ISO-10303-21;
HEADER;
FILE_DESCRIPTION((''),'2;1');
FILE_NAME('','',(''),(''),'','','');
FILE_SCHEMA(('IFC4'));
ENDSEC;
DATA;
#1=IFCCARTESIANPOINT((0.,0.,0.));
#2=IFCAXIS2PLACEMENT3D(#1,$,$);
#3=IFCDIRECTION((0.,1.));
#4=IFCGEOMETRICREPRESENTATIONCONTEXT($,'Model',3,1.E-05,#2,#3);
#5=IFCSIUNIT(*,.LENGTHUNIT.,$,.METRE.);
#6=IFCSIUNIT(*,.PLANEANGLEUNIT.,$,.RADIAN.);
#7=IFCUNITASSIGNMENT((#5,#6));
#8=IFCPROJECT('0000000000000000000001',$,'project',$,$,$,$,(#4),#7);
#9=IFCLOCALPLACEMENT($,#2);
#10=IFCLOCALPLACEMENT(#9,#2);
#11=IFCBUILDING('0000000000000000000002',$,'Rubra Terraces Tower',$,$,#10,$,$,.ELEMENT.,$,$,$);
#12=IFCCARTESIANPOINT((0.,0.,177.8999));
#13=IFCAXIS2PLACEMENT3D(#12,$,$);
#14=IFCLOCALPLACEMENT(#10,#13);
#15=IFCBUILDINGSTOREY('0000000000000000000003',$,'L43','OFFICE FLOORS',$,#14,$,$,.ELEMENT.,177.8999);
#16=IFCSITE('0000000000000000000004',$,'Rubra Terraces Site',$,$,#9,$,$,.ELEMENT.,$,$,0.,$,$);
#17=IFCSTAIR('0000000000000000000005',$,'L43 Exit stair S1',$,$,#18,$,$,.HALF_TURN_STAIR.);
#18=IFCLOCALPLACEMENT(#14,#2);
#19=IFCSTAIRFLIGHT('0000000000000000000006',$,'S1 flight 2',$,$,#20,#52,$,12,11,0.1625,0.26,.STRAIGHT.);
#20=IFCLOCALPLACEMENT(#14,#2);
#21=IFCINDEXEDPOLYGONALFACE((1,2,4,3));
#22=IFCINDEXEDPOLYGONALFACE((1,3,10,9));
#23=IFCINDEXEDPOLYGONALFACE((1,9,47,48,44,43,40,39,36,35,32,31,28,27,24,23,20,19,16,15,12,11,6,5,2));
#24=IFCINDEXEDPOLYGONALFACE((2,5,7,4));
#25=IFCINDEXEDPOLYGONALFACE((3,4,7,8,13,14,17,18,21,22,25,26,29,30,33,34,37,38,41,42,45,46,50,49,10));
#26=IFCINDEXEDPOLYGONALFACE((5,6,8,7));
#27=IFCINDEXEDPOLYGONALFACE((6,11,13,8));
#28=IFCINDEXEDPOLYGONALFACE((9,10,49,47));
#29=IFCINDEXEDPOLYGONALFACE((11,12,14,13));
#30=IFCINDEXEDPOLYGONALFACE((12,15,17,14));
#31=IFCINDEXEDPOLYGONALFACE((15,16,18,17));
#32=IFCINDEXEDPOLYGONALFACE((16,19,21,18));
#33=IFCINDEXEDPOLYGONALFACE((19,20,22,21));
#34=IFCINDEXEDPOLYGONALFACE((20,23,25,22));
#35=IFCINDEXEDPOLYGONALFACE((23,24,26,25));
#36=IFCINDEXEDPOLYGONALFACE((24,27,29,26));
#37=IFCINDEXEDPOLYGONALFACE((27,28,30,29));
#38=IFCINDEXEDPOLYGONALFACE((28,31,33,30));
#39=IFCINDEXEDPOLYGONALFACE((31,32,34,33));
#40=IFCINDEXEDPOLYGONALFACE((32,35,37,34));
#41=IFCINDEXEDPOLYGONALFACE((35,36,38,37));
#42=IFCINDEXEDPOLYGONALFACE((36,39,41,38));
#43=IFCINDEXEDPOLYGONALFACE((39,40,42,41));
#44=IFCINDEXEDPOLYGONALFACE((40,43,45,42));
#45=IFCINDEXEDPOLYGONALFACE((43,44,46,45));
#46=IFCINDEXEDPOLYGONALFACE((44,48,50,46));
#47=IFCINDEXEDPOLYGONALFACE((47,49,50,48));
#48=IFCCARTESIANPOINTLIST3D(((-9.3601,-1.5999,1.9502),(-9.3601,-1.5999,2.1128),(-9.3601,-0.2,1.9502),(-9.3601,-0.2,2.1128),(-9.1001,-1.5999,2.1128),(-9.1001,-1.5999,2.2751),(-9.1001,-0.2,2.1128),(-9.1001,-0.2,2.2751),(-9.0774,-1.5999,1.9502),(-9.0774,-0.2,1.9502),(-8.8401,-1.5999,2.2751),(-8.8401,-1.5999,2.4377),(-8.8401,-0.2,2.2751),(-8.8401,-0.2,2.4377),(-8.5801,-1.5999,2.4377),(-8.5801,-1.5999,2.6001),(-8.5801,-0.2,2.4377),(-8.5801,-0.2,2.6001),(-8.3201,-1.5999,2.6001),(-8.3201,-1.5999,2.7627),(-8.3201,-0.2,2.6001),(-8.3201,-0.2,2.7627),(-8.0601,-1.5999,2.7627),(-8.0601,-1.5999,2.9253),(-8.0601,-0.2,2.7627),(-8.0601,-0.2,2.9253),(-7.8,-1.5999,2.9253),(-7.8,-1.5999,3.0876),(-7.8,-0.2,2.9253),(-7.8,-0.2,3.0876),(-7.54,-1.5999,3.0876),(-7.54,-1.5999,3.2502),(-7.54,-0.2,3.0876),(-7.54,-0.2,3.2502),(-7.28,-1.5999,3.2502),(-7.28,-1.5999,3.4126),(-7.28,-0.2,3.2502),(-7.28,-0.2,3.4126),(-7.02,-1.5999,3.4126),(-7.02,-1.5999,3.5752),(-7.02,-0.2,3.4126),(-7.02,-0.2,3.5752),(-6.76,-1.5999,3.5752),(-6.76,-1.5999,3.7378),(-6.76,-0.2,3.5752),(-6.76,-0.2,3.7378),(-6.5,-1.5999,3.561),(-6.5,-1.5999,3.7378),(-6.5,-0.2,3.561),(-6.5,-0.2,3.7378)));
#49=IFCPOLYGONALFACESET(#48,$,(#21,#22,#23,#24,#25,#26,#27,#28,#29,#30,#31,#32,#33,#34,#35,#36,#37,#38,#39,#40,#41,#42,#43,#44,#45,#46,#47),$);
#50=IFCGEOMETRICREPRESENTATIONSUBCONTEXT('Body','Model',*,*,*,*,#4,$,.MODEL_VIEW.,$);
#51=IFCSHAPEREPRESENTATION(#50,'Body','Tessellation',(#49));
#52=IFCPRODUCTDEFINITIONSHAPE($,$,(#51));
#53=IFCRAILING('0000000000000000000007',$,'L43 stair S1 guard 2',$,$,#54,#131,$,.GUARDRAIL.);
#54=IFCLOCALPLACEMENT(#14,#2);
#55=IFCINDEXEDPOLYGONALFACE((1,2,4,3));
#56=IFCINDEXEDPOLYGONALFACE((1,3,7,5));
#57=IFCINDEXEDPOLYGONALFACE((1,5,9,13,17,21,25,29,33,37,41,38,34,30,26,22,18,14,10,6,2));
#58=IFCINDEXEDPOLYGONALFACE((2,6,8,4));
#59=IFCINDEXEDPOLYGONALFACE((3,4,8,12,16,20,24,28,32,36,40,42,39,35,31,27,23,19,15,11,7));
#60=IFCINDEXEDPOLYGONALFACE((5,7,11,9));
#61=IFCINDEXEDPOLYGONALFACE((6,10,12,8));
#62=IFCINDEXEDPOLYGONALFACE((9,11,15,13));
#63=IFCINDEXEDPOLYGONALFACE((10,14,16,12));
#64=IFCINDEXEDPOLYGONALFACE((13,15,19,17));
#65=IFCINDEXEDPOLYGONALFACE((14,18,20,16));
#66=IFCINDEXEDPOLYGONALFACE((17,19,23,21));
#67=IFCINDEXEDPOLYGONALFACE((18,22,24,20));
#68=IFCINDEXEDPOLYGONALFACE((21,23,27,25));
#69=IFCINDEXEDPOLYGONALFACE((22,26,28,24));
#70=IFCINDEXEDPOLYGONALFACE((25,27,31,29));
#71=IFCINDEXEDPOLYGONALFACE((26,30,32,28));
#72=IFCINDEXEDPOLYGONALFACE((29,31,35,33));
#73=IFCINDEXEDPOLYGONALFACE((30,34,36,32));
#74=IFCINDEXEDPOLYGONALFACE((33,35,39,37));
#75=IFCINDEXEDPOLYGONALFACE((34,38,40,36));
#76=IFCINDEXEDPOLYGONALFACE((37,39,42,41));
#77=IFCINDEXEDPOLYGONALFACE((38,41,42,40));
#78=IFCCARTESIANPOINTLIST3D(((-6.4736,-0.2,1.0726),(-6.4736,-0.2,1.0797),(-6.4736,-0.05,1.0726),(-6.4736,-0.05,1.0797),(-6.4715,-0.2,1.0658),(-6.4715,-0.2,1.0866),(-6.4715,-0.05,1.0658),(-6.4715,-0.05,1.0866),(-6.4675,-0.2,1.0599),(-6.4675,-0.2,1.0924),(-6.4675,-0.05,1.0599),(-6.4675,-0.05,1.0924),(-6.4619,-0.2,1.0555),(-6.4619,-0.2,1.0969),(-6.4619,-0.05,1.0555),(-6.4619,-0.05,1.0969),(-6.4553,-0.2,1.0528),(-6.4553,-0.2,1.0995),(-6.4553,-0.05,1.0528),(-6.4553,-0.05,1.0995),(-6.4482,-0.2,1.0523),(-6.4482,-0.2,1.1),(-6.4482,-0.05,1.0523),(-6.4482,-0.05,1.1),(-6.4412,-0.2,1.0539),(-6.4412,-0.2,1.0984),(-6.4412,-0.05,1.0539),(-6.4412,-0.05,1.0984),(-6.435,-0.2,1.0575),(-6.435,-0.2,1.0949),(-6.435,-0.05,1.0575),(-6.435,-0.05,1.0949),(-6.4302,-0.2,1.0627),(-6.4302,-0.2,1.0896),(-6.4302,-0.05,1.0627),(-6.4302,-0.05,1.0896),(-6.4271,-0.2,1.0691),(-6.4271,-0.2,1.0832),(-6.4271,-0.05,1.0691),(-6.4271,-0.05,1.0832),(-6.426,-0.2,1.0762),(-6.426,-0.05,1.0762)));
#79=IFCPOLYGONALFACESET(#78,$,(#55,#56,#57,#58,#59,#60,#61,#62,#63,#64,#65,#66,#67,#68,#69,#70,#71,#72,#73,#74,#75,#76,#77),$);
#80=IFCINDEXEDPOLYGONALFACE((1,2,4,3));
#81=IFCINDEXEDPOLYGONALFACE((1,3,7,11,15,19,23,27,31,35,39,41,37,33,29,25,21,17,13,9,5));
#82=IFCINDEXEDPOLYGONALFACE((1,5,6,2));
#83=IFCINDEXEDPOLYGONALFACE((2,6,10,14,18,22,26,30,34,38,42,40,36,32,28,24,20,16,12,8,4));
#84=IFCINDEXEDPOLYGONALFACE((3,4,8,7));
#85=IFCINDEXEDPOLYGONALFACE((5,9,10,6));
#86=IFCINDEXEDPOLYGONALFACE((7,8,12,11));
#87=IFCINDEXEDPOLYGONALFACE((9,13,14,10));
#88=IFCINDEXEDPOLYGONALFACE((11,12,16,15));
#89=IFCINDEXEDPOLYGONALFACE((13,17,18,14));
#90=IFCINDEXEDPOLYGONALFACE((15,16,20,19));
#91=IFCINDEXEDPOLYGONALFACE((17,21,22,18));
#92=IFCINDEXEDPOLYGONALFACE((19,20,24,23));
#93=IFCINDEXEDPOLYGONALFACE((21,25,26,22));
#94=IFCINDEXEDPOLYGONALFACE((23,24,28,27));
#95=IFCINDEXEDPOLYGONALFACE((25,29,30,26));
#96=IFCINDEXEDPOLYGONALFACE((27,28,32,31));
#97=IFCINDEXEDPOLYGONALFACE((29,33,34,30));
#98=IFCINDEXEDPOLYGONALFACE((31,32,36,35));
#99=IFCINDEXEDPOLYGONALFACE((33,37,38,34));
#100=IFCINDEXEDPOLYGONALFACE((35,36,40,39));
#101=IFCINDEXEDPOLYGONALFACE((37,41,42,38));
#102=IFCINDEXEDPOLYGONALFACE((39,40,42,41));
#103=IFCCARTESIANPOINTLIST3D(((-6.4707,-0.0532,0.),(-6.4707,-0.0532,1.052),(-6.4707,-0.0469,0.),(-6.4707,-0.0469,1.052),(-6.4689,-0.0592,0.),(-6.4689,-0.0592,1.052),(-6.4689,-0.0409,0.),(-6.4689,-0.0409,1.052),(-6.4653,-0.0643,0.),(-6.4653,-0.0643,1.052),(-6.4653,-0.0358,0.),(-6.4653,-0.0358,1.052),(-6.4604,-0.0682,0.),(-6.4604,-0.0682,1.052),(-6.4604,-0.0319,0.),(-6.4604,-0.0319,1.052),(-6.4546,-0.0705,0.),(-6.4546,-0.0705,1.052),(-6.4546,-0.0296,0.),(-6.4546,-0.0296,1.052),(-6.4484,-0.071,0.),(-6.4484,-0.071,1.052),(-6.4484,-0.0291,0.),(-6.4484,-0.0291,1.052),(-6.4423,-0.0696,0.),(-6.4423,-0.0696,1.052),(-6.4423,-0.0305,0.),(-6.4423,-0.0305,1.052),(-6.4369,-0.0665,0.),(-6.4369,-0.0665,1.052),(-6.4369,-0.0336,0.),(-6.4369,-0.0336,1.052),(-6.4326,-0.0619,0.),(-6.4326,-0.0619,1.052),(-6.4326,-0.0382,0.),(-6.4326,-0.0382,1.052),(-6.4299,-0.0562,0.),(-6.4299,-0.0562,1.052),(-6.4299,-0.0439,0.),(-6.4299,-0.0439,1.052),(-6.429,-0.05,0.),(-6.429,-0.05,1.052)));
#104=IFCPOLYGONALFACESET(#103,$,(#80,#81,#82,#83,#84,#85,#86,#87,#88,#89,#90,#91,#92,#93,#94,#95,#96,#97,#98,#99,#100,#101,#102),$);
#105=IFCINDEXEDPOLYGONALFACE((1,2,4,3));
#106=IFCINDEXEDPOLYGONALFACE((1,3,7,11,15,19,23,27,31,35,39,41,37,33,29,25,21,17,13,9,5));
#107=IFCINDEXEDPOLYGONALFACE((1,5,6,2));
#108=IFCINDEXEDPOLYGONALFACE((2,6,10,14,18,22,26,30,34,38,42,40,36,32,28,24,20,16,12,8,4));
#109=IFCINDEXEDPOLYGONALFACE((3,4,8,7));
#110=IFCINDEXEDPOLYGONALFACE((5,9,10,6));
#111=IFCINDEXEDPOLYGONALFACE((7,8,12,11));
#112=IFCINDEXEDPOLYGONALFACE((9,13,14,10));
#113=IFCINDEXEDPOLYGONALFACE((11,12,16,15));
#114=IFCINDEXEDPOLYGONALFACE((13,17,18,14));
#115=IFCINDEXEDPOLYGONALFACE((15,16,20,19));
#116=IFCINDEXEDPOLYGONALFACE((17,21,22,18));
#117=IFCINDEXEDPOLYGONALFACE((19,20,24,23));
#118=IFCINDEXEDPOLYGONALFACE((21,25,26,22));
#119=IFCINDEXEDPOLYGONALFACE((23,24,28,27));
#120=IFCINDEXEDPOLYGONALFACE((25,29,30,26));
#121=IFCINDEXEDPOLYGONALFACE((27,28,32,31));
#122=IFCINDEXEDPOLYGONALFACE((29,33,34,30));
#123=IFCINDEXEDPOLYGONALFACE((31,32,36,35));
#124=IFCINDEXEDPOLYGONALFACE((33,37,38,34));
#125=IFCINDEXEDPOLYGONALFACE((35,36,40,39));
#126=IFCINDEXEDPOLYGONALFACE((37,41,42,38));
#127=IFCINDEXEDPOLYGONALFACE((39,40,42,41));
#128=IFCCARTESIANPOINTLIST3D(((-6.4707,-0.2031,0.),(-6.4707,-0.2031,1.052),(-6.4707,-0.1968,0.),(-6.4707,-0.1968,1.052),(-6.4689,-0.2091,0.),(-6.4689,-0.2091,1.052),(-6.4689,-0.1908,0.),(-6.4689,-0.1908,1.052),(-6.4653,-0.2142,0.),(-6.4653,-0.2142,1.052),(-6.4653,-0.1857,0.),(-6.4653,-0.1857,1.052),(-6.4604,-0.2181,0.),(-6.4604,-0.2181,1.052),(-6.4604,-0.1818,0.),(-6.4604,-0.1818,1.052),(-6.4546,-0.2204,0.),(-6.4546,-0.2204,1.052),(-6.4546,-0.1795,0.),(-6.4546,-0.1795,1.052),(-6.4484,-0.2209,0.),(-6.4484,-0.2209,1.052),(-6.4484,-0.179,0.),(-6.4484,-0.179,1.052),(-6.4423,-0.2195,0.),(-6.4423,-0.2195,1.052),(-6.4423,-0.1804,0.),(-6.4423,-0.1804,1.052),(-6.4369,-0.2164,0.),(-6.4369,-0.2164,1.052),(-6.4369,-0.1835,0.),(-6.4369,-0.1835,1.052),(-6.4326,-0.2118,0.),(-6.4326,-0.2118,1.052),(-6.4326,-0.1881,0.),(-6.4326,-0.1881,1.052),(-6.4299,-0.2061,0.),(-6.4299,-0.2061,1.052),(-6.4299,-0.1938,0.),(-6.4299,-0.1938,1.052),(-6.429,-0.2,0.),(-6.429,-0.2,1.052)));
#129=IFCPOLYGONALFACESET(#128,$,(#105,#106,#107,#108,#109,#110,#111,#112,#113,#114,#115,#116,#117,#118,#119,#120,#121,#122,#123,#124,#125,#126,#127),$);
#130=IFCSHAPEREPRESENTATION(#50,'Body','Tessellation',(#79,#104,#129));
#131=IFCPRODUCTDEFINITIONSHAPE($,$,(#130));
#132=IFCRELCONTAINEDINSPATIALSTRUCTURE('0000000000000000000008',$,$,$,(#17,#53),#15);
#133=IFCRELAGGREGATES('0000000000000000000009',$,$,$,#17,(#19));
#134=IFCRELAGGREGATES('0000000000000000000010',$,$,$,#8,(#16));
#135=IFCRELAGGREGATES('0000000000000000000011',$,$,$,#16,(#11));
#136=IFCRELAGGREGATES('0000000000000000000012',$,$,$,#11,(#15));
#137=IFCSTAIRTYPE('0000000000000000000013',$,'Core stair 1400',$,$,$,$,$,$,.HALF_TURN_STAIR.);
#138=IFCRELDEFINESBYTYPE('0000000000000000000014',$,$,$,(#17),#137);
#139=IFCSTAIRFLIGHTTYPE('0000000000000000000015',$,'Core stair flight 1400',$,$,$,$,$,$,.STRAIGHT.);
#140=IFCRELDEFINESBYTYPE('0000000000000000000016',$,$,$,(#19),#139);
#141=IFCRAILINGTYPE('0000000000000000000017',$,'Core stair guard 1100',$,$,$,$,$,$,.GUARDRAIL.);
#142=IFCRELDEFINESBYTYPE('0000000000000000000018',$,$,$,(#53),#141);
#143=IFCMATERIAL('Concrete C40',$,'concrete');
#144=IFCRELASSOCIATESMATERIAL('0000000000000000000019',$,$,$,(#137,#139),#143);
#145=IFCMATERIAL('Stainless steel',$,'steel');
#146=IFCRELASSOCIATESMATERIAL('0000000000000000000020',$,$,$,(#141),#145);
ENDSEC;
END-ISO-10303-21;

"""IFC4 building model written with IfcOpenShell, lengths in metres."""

from ifc_helpers import new_model, si_unit, direction, frame, origin, origin_2d, place, context, subcontext, project, spatial, polyline, circle, outline, extrude, material, type_object, element, aggregate, save


model = new_model("IFC4")

# Units and contexts
model_context = context("Model", 3, precision=1e-05, world=origin(), true_north=direction((0.0, 1.0)))
body_context = subcontext(model_context, "Body", "Model", "MODEL_VIEW")
ifc_project = project(units=[si_unit("LENGTHUNIT", "METRE"), si_unit("PLANEANGLEUNIT", "RADIAN")], contexts=[model_context])

# Site, building, storey
site_placement = place(None, origin())
site = spatial("IfcSite", under=ifc_project, at=site_placement, Name="Rubra Terraces Site", CompositionType="ELEMENT", RefElevation=0.0)
building_placement = place(site_placement, origin())
building = spatial("IfcBuilding", under=site, at=building_placement, Name="Rubra Terraces Tower", CompositionType="ELEMENT")
storey_placement = place(building_placement, frame((0.0, 0.0, 177.8999)))
storey = spatial("IfcBuildingStorey", under=building, at=storey_placement, Name="L43", Description="OFFICE FLOORS", CompositionType="ELEMENT", Elevation=177.8999)

# Shared definitions
ifc_material_1 = material(Name="Concrete C40", Category="concrete")

# Stair
stair_type = type_object("IfcStairType", Name="Core stair 1400", PredefinedType="HALF_TURN_STAIR", material=ifc_material_1)
stair_placement = place(storey_placement, origin())
stair = element("IfcStair", 1, at=stair_placement, inside=storey, type_object=stair_type, Name="L43 Exit stair S1", PredefinedType="HALF_TURN_STAIR")

# Stair flight
stair_flight_type = type_object("IfcStairFlightType", Name="Core stair flight 1400", PredefinedType="STRAIGHT", material=ifc_material_1)
stair_flight_placement = place(storey_placement, frame((-9.3601, -0.8999, 1.9502), z_axis=(0.0, 0.0, 1.0), x_axis=(1.0, 0.0, 0.0)))
stair_flight = element("IfcStairFlight", 2, at=stair_flight_placement, type_object=stair_flight_type, Name="S1 flight 2", NumberOfRisers=12, NumberOfTreads=11, PredefinedType="STRAIGHT", RiserHeight=0.1625, TreadLength=0.26, context=body_context, shape_type="SweptSolid", body=[
    extrude(outline(polyline([(0.0, 0.0), (0.0, 0.1626), (0.26, 0.1626), (0.26, 0.325), (0.52, 0.325), (0.52, 0.4875), (0.78, 0.4875), (0.78, 0.6499), (1.04, 0.6499), (1.04, 0.8125), (1.3, 0.8125), (1.3, 0.9751), (1.5601, 0.9751), (1.5601, 1.1375), (1.8201, 1.1375), (1.8201, 1.3), (2.0801, 1.3), (2.0801, 1.4624), (2.3401, 1.4624), (2.3401, 1.625), (2.6001, 1.625), (2.6001, 1.7876), (2.8601, 1.7876), (2.8601, 1.95), (2.8601, 1.6108), (0.2827, 0.0), (0.0, 0.0)])), frame((0.0, 0.7, 0.0), z_axis=(0.0, -1.0, 0.0), x_axis=(1.0, 0.0, 0.0)), (0.0, 0.0, 1.0), 1.3999),
])
aggregate(stair, [stair_flight])

# Railing
ifc_material_2 = material(Name="Stainless steel", Category="steel")
railing_type = type_object("IfcRailingType", Name="Core stair guard 1100", PredefinedType="GUARDRAIL", material=ifc_material_2)
railing_1_placement = place(storey_placement, frame((-6.45, -0.05, 0.0)))
element("IfcRailing", 3, at=railing_1_placement, inside=storey, type_object=railing_type, Name="L43 stair S1 guard 2", PredefinedType="GUARDRAIL", context=body_context, shape_type="SweptSolid", body=[
    extrude(circle(Radius=0.0239, at=origin_2d()), frame((0.0, 0.0, 1.0762), z_axis=(0.0, -1.0, 0.0), x_axis=(1.0, 0.0, 0.0)), (0.0, 0.0, 1.0), 0.1499),
    extrude(circle(Radius=0.021, at=origin_2d()), origin(), (0.0, 0.0, 1.0), 1.052),
    extrude(circle(Radius=0.021, at=origin_2d()), frame((0.0, -0.1499, 0.0)), (0.0, 0.0, 1.0), 1.052),
])

save(model, "model.ifc")
